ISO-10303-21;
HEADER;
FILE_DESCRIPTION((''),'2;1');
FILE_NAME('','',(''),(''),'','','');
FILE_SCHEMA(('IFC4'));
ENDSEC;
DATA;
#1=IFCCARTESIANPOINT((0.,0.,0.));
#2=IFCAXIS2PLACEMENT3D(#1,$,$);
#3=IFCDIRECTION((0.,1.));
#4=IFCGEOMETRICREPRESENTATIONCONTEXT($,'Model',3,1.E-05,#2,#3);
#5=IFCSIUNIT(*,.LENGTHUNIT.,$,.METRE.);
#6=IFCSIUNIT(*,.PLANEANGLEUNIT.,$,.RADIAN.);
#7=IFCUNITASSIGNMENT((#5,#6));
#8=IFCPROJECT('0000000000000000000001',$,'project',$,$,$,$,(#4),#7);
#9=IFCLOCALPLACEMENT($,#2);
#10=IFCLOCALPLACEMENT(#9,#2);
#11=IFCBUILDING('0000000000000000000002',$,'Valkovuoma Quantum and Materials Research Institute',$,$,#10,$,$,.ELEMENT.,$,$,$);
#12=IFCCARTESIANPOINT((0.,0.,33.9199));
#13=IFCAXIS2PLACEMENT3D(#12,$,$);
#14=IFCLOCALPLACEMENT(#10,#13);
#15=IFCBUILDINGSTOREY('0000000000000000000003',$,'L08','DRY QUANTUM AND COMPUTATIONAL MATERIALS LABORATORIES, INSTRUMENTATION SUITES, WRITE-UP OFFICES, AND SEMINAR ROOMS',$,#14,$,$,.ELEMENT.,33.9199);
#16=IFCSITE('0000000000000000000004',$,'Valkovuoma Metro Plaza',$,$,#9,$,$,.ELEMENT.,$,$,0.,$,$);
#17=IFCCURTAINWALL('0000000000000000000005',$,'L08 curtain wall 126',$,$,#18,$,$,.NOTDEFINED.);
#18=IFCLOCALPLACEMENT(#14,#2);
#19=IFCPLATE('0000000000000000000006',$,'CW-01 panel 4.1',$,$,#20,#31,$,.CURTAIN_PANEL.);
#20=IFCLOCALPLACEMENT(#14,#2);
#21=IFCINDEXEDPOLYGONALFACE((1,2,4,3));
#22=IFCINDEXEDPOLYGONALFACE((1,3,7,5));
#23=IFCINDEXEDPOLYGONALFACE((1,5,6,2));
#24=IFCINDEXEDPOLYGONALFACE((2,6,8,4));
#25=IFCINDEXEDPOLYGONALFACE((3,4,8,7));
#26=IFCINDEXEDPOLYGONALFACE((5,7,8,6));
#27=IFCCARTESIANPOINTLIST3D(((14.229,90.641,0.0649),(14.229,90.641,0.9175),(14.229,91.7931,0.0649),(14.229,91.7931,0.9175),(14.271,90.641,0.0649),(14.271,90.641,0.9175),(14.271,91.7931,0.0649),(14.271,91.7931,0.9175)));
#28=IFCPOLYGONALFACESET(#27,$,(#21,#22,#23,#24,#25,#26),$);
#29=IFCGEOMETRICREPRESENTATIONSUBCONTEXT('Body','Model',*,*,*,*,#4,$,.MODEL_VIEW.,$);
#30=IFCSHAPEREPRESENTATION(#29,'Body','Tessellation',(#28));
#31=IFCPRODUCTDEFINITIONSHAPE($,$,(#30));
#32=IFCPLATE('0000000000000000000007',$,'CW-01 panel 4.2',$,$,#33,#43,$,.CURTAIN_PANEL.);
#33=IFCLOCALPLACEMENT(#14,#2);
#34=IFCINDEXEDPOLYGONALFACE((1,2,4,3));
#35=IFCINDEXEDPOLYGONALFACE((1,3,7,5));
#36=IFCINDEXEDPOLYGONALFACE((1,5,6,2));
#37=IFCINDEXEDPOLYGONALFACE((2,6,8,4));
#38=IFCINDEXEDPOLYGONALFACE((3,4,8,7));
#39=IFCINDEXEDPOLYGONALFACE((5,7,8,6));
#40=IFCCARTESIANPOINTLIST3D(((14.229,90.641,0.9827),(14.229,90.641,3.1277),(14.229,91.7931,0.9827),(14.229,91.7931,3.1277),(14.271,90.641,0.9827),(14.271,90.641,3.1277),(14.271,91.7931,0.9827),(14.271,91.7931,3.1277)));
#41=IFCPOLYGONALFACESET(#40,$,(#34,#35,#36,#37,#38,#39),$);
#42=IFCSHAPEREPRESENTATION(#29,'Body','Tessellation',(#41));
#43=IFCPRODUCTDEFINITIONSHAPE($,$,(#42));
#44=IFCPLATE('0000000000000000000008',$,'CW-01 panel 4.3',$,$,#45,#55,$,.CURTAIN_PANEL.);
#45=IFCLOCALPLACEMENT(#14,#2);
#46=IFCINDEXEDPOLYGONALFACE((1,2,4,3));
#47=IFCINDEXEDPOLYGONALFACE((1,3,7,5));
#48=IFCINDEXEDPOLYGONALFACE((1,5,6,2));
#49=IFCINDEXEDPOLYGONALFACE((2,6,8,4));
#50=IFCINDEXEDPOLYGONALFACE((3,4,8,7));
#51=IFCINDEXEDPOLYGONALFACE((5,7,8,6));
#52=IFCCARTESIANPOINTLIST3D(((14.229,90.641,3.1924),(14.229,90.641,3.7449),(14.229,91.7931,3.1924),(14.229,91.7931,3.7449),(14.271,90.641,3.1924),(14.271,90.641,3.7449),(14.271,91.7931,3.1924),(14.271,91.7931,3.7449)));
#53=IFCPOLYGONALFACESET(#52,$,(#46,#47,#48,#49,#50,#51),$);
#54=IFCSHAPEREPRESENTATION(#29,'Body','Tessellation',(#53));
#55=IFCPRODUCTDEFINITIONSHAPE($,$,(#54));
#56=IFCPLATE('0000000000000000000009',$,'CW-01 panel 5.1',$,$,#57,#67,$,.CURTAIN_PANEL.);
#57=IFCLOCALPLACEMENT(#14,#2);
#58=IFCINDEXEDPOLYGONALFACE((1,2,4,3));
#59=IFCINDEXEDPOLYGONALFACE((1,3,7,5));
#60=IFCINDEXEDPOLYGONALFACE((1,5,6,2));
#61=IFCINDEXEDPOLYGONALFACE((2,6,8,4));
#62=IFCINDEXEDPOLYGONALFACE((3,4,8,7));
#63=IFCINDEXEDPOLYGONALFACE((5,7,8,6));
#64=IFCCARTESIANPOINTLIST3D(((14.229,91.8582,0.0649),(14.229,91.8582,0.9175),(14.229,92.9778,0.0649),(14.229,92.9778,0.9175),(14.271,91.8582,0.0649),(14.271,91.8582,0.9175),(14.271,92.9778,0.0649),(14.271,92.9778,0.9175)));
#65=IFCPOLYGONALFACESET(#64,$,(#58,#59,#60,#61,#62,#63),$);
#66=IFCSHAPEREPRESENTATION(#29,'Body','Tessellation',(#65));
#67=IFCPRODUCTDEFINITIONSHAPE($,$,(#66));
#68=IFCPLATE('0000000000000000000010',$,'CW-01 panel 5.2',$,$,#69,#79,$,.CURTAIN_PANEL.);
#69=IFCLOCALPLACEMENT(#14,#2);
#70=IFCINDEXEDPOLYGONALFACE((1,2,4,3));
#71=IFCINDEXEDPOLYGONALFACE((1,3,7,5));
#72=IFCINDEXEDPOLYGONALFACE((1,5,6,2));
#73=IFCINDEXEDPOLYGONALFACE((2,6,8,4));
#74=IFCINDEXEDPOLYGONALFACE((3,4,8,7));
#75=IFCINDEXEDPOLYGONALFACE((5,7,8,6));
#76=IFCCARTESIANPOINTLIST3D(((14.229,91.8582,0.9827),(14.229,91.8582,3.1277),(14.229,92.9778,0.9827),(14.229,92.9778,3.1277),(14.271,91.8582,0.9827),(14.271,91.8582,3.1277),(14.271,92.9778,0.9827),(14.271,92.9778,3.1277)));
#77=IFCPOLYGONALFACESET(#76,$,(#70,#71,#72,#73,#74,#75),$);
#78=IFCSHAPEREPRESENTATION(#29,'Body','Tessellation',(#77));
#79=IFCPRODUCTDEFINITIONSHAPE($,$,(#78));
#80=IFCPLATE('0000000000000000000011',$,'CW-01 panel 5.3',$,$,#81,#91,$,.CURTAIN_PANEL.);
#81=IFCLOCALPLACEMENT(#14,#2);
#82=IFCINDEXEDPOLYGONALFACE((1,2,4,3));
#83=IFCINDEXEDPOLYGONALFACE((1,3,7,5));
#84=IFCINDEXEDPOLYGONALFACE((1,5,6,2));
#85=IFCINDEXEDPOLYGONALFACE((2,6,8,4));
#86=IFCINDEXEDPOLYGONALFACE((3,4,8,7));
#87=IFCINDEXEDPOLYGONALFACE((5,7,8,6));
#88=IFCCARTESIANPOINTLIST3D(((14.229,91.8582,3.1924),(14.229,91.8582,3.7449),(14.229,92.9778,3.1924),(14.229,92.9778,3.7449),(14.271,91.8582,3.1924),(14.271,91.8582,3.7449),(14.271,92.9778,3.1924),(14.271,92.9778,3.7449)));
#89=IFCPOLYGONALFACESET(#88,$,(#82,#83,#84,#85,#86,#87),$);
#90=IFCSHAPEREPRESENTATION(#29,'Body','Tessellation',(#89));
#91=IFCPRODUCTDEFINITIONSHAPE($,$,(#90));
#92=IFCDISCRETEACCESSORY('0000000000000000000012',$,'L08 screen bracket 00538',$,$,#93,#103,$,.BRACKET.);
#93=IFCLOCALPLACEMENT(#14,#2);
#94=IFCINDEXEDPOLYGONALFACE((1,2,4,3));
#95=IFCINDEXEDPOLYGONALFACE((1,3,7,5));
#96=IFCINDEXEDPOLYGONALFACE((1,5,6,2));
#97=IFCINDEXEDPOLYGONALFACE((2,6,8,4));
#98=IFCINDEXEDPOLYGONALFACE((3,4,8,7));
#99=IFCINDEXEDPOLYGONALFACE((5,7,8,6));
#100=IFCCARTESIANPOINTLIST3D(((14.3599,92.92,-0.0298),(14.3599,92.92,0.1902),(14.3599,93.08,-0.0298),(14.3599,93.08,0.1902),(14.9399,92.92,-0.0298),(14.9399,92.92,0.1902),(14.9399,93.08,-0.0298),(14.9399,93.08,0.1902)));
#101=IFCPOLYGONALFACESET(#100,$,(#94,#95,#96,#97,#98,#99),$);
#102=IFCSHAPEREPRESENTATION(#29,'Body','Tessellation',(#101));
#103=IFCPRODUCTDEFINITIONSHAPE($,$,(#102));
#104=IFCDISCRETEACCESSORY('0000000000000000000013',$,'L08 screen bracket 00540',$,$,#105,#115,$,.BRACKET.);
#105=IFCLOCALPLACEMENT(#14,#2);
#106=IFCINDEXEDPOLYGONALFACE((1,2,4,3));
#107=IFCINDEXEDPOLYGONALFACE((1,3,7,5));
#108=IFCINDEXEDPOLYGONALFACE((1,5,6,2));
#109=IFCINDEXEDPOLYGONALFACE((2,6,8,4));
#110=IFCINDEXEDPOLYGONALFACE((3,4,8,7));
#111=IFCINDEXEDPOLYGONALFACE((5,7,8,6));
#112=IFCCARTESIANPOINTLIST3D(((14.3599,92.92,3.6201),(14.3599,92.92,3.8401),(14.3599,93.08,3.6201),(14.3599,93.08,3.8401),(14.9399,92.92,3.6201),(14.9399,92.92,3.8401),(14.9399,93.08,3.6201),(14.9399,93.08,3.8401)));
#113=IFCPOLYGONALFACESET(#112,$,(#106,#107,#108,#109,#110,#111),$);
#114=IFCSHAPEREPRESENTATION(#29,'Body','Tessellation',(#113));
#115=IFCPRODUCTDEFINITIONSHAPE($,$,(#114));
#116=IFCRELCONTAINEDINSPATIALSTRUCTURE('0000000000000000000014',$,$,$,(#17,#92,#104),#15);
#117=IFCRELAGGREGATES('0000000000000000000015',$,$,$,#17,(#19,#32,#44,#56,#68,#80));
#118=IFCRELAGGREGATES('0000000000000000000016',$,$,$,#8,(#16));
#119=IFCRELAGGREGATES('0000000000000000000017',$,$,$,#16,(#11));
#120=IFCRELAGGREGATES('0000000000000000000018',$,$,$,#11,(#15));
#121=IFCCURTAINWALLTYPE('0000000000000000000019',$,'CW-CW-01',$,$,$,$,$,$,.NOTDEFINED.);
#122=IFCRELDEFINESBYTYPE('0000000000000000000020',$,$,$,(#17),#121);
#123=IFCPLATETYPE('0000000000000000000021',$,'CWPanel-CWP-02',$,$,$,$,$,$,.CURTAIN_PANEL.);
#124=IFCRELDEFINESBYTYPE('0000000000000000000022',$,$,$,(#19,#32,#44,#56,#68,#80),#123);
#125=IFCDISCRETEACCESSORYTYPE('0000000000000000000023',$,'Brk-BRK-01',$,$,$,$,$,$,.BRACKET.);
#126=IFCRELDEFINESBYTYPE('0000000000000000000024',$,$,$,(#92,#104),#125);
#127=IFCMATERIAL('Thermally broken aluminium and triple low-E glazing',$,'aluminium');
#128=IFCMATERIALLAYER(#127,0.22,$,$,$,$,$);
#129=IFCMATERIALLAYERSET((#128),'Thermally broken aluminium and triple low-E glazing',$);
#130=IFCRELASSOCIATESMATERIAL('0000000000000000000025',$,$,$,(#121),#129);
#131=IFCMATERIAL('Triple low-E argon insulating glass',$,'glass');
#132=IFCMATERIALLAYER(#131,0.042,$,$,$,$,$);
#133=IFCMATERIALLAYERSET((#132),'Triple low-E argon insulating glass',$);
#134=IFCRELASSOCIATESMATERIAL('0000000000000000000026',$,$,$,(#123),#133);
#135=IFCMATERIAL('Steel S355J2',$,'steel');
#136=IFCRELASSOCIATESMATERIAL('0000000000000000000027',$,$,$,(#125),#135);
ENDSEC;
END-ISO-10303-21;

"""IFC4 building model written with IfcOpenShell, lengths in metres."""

from ifc_helpers import new_model, si_unit, direction, frame, origin, origin_2d, place, context, subcontext, project, spatial, rectangle, extrude, material, layer, layer_set, type_object, element, aggregate, save


model = new_model("IFC4")

# Units and contexts
model_context = context("Model", 3, precision=1e-05, world=origin(), true_north=direction((0.0, 1.0)))
body_context = subcontext(model_context, "Body", "Model", "MODEL_VIEW")
ifc_project = project(units=[si_unit("LENGTHUNIT", "METRE"), si_unit("PLANEANGLEUNIT", "RADIAN")], contexts=[model_context])

# Site, building, storey
site_placement = place(None, origin())
site = spatial("IfcSite", under=ifc_project, at=site_placement, Name="Valkovuoma Metro Plaza", CompositionType="ELEMENT", RefElevation=0.0)
building_placement = place(site_placement, origin())
building = spatial("IfcBuilding", under=site, at=building_placement, Name="Valkovuoma Quantum and Materials Research Institute", CompositionType="ELEMENT")
storey_placement = place(building_placement, frame((0.0, 0.0, 33.9199)))
storey = spatial("IfcBuildingStorey", under=building, at=storey_placement, Name="L08", Description="DRY QUANTUM AND COMPUTATIONAL MATERIALS LABORATORIES, INSTRUMENTATION SUITES, WRITE-UP OFFICES, AND SEMINAR ROOMS", CompositionType="ELEMENT", Elevation=33.9199)

# Curtain wall, plates
ifc_material_1 = material(Name="Thermally broken aluminium and triple low-E glazing", Category="aluminium")
ifc_layer_1 = layer(ifc_material_1, 0.22)
ifc_layer_set_1 = layer_set([ifc_layer_1], Name="Thermally broken aluminium and triple low-E glazing")
curtain_wall_type = type_object("IfcCurtainWallType", Name="CW-CW-01", PredefinedType="NOTDEFINED", material=ifc_layer_set_1)
curtain_wall_placement = place(storey_placement, origin())
curtain_wall = element("IfcCurtainWall", 1, at=curtain_wall_placement, inside=storey, type_object=curtain_wall_type, Name="L08 curtain wall 126", PredefinedType="NOTDEFINED")
ifc_material_2 = material(Name="Triple low-E argon insulating glass", Category="glass")
ifc_layer_2 = layer(ifc_material_2, 0.042)
ifc_layer_set_2 = layer_set([ifc_layer_2], Name="Triple low-E argon insulating glass")
plate_type = type_object("IfcPlateType", Name="CWPanel-CWP-02", PredefinedType="CURTAIN_PANEL", material=ifc_layer_set_2)
plate_1_placement = place(storey_placement, frame((14.25, 91.217, 0.0649), z_axis=(0.0, 0.0, 1.0), x_axis=(0.0, 1.0, 0.0)))
plate_1 = element("IfcPlate", 2, at=plate_1_placement, type_object=plate_type, Name="CW-01 panel 4.1", PredefinedType="CURTAIN_PANEL", context=body_context, shape_type="SweptSolid", body=[
    extrude(rectangle(XDim=1.1521, YDim=0.042, at=origin_2d()), origin(), (0.0, 0.0, 1.0), 0.8525),
])
plate_2_placement = place(storey_placement, frame((14.25, 91.217, 0.9827), z_axis=(0.0, 0.0, 1.0), x_axis=(0.0, 1.0, 0.0)))
plate_2 = element("IfcPlate", 3, at=plate_2_placement, type_object=plate_type, Name="CW-01 panel 4.2", PredefinedType="CURTAIN_PANEL", context=body_context, shape_type="SweptSolid", body=[
    extrude(rectangle(XDim=1.1521, YDim=0.042, at=origin_2d()), origin(), (0.0, 0.0, 1.0), 2.145),
])
plate_3_placement = place(storey_placement, frame((14.25, 91.217, 3.1924), z_axis=(0.0, 0.0, 1.0), x_axis=(0.0, 1.0, 0.0)))
plate_3 = element("IfcPlate", 4, at=plate_3_placement, type_object=plate_type, Name="CW-01 panel 4.3", PredefinedType="CURTAIN_PANEL", context=body_context, shape_type="SweptSolid", body=[
    extrude(rectangle(XDim=1.1521, YDim=0.042, at=origin_2d()), origin(), (0.0, 0.0, 1.0), 0.5525),
])
plate_4_placement = place(storey_placement, frame((14.25, 92.418, 0.0649), z_axis=(0.0, 0.0, 1.0), x_axis=(0.0, 1.0, 0.0)))
plate_4 = element("IfcPlate", 5, at=plate_4_placement, type_object=plate_type, Name="CW-01 panel 5.1", PredefinedType="CURTAIN_PANEL", context=body_context, shape_type="SweptSolid", body=[
    extrude(rectangle(XDim=1.1196, YDim=0.042, at=origin_2d()), origin(), (0.0, 0.0, 1.0), 0.8525),
])
plate_5_placement = place(storey_placement, frame((14.25, 92.418, 0.9827), z_axis=(0.0, 0.0, 1.0), x_axis=(0.0, 1.0, 0.0)))
plate_5 = element("IfcPlate", 6, at=plate_5_placement, type_object=plate_type, Name="CW-01 panel 5.2", PredefinedType="CURTAIN_PANEL", context=body_context, shape_type="SweptSolid", body=[
    extrude(rectangle(XDim=1.1196, YDim=0.042, at=origin_2d()), origin(), (0.0, 0.0, 1.0), 2.145),
])
plate_6_placement = place(storey_placement, frame((14.25, 92.418, 3.1924), z_axis=(0.0, 0.0, 1.0), x_axis=(0.0, 1.0, 0.0)))
plate_6 = element("IfcPlate", 7, at=plate_6_placement, type_object=plate_type, Name="CW-01 panel 5.3", PredefinedType="CURTAIN_PANEL", context=body_context, shape_type="SweptSolid", body=[
    extrude(rectangle(XDim=1.1196, YDim=0.042, at=origin_2d()), origin(), (0.0, 0.0, 1.0), 0.5525),
])
aggregate(curtain_wall, [plate_1, plate_2, plate_3, plate_4, plate_5, plate_6])

# Discrete accessories
ifc_material_3 = material(Name="Steel S355J2", Category="steel")
discrete_accessory_type = type_object("IfcDiscreteAccessoryType", Name="Brk-BRK-01", PredefinedType="BRACKET", material=ifc_material_3)
for number, where, z_axis, x_axis, name in (
    (8, (14.6499, 93.0, -0.0298), (0.0, 0.0, 1.0), (1.0, 0.0, 0.0), "L08 screen bracket 00538"),
    (9, (14.6499, 93.0, 3.6201), (0.0, 0.0, 1.0), (1.0, 0.0, 0.0), "L08 screen bracket 00540"),
):
    element("IfcDiscreteAccessory", number, at=place(storey_placement, frame(where, z_axis=z_axis, x_axis=x_axis)), inside=storey, type_object=discrete_accessory_type, Name=name, PredefinedType="BRACKET", context=body_context, shape_type="SweptSolid", body=[
        extrude(rectangle(XDim=0.5801, YDim=0.1599, at=origin_2d()), origin(), (0.0, 0.0, 1.0), 0.22),
    ])

save(model, "model.ifc")
